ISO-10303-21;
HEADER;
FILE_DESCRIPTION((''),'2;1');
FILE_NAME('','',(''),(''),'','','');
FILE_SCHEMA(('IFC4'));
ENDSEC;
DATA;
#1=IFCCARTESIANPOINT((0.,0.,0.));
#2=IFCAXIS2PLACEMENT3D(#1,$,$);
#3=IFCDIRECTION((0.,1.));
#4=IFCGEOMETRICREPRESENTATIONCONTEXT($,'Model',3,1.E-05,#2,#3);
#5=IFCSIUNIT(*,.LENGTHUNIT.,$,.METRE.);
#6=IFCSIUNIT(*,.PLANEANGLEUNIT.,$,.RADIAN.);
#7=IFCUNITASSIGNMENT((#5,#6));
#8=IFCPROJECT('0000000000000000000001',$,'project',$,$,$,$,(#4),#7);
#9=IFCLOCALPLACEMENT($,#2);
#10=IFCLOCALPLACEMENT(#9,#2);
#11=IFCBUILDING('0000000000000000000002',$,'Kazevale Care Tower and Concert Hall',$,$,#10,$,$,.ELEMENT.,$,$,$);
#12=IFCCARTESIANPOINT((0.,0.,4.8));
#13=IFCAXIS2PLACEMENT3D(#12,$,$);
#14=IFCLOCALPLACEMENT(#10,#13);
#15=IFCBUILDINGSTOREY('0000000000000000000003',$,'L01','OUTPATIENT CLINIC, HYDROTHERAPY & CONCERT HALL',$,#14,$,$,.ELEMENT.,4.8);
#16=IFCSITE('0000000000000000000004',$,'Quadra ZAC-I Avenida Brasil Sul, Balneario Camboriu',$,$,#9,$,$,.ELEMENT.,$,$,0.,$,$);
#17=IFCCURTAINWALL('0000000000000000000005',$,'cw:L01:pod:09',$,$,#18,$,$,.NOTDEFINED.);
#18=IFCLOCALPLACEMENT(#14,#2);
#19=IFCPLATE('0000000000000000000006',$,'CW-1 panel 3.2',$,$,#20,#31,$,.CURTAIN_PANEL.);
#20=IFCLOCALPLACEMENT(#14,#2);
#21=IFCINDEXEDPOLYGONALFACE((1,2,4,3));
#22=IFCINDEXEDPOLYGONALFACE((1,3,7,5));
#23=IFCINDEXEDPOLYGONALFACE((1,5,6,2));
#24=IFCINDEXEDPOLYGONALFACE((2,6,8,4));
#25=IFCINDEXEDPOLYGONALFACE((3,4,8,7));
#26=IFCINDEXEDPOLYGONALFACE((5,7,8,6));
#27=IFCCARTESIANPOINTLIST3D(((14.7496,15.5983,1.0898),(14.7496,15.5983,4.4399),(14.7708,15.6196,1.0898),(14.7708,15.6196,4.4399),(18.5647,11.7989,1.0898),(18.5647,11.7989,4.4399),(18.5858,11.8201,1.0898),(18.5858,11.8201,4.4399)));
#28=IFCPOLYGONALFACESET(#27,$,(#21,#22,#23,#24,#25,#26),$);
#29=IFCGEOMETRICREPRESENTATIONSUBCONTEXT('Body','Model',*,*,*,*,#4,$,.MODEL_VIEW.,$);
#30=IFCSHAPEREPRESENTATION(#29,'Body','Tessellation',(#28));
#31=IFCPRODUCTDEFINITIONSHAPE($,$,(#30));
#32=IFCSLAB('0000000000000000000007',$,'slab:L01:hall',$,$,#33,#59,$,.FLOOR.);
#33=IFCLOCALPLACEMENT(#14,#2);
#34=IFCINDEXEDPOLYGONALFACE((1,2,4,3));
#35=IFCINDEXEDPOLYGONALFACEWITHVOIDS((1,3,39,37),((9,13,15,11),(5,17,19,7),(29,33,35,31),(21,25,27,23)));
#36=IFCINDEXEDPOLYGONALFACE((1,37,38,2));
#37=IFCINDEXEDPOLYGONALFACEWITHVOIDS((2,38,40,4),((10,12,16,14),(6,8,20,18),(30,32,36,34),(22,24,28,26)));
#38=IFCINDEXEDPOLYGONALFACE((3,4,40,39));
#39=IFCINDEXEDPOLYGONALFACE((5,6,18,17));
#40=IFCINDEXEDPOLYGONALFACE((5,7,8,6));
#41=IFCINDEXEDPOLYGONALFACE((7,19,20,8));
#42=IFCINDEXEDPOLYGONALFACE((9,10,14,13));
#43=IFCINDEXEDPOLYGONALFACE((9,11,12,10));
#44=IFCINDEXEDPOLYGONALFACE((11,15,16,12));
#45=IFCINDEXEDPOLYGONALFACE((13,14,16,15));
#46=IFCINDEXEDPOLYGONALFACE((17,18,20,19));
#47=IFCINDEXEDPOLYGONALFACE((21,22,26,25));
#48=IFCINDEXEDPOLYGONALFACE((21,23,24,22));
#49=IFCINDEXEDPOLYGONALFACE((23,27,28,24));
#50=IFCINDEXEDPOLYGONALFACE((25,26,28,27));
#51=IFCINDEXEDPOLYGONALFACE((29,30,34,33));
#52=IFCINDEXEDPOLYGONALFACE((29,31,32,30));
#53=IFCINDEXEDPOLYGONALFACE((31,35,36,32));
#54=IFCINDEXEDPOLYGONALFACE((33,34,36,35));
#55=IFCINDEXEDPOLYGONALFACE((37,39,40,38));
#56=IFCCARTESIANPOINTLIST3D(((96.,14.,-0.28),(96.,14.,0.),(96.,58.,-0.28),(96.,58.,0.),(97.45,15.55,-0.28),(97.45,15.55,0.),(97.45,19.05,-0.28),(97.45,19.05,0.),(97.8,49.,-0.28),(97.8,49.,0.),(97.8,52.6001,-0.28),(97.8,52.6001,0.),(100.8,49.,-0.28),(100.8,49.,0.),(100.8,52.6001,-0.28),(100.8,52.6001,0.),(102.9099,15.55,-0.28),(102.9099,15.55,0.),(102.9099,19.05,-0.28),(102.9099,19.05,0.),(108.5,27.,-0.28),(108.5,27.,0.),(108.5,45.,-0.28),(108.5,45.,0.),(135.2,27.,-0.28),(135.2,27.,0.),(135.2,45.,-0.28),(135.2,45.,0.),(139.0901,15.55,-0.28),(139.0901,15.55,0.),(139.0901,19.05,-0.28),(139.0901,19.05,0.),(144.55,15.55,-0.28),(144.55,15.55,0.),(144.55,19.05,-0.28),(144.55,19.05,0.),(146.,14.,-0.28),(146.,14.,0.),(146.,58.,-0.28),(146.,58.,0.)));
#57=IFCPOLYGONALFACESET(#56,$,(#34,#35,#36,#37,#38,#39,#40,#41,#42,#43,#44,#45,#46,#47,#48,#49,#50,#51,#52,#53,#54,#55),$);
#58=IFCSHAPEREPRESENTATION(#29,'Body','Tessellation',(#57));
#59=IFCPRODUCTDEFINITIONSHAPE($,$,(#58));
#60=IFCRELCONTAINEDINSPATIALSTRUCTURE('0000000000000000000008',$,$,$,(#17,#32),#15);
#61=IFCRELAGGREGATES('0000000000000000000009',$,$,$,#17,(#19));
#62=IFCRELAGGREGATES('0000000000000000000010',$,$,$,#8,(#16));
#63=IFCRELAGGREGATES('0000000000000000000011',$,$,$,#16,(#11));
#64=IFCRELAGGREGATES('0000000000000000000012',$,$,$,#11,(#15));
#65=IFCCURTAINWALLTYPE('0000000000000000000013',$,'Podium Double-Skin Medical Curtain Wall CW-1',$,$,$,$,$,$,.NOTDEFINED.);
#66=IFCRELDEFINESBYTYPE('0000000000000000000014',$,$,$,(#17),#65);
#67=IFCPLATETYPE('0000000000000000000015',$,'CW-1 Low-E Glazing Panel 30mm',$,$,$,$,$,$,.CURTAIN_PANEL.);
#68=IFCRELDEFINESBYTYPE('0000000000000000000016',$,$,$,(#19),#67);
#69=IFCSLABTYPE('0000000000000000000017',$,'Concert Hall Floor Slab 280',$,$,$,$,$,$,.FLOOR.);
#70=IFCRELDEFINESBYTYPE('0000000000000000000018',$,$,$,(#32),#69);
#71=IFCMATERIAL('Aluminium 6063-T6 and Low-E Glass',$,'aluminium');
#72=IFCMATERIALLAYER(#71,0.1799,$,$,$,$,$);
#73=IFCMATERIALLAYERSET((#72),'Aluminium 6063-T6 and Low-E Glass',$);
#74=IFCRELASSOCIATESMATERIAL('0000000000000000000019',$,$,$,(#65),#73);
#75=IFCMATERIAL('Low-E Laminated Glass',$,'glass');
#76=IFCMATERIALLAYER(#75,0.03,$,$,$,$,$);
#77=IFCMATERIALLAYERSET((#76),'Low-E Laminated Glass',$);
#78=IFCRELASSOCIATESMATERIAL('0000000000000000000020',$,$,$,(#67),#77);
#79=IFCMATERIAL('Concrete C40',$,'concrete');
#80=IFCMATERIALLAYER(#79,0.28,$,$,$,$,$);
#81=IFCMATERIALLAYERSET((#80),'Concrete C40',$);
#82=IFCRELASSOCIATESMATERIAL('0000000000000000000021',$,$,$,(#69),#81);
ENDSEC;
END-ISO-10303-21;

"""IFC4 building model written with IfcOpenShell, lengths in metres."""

from ifc_helpers import new_model, si_unit, direction, frame, origin, origin_2d, place, context, subcontext, project, spatial, polyline, rectangle, outline, extrude, material, layer, layer_set, type_object, element, aggregate, save


model = new_model("IFC4")

# Units and contexts
model_context = context("Model", 3, precision=1e-05, world=origin(), true_north=direction((0.0, 1.0)))
body_context = subcontext(model_context, "Body", "Model", "MODEL_VIEW")
ifc_project = project(units=[si_unit("LENGTHUNIT", "METRE"), si_unit("PLANEANGLEUNIT", "RADIAN")], contexts=[model_context])

# Site, building, storey
site_placement = place(None, origin())
site = spatial("IfcSite", under=ifc_project, at=site_placement, Name="Quadra ZAC-I Avenida Brasil Sul, Balneario Camboriu", CompositionType="ELEMENT", RefElevation=0.0)
building_placement = place(site_placement, origin())
building = spatial("IfcBuilding", under=site, at=building_placement, Name="Kazevale Care Tower and Concert Hall", CompositionType="ELEMENT")
storey_placement = place(building_placement, frame((0.0, 0.0, 4.8)))
storey = spatial("IfcBuildingStorey", under=building, at=storey_placement, Name="L01", Description="OUTPATIENT CLINIC, HYDROTHERAPY & CONCERT HALL", CompositionType="ELEMENT", Elevation=4.8)

# Curtain wall
ifc_material_1 = material(Name="Aluminium 6063-T6 and Low-E Glass", Category="aluminium")
ifc_layer_1 = layer(ifc_material_1, 0.1799)
ifc_layer_set_1 = layer_set([ifc_layer_1], Name="Aluminium 6063-T6 and Low-E Glass")
curtain_wall_type = type_object("IfcCurtainWallType", Name="Podium Double-Skin Medical Curtain Wall CW-1", PredefinedType="NOTDEFINED", material=ifc_layer_set_1)
curtain_wall_placement = place(storey_placement, origin())
curtain_wall = element("IfcCurtainWall", 1, at=curtain_wall_placement, inside=storey, type_object=curtain_wall_type, Name="cw:L01:pod:09", PredefinedType="NOTDEFINED")

# Plate
ifc_material_2 = material(Name="Low-E Laminated Glass", Category="glass")
ifc_layer_2 = layer(ifc_material_2, 0.03)
ifc_layer_set_2 = layer_set([ifc_layer_2], Name="Low-E Laminated Glass")
plate_type = type_object("IfcPlateType", Name="CW-1 Low-E Glazing Panel 30mm", PredefinedType="CURTAIN_PANEL", material=ifc_layer_set_2)
plate_1_placement = place(storey_placement, frame((16.6677, 13.7092, 1.0898), z_axis=(0.0, 0.0, 1.0), x_axis=(0.708555, -0.705656, 0.0)))
plate_1 = element("IfcPlate", 2, at=plate_1_placement, type_object=plate_type, Name="CW-1 panel 3.2", PredefinedType="CURTAIN_PANEL", context=body_context, shape_type="SweptSolid", body=[
    extrude(rectangle(XDim=5.3843, YDim=0.03, at=origin_2d()), origin(), (0.0, 0.0, 1.0), 3.3501),
])
aggregate(curtain_wall, [plate_1])

# Slab
ifc_material_3 = material(Name="Concrete C40", Category="concrete")
ifc_layer_3 = layer(ifc_material_3, 0.28)
ifc_layer_set_3 = layer_set([ifc_layer_3], Name="Concrete C40")
slab_type_1 = type_object("IfcSlabType", Name="Concert Hall Floor Slab 280", PredefinedType="FLOOR", material=ifc_layer_set_3)
slab_1_placement = place(storey_placement, frame((0.0, 0.0, -0.28)))
element("IfcSlab", 3, at=slab_1_placement, inside=storey, type_object=slab_type_1, Name="slab:L01:hall", PredefinedType="FLOOR", context=body_context, shape_type="SweptSolid", body=[
    extrude(outline(polyline([(96.0, 14.0), (146.0, 14.0), (146.0, 58.0), (96.0, 58.0), (96.0, 14.0)]), holes=[polyline([(97.45, 15.55), (102.9099, 15.55), (102.9099, 19.05), (97.45, 19.05), (97.45, 15.55)]), polyline([(139.0901, 15.55), (144.55, 15.55), (144.55, 19.05), (139.0901, 19.05), (139.0901, 15.55)]), polyline([(97.8, 49.0), (100.8, 49.0), (100.8, 52.6001), (97.8, 52.6001), (97.8, 49.0)]), polyline([(108.5, 27.0), (135.2, 27.0), (135.2, 45.0), (108.5, 45.0), (108.5, 27.0)])]), origin(), (0.0, 0.0, 1.0), 0.28),
])

save(model, "model.ifc")
